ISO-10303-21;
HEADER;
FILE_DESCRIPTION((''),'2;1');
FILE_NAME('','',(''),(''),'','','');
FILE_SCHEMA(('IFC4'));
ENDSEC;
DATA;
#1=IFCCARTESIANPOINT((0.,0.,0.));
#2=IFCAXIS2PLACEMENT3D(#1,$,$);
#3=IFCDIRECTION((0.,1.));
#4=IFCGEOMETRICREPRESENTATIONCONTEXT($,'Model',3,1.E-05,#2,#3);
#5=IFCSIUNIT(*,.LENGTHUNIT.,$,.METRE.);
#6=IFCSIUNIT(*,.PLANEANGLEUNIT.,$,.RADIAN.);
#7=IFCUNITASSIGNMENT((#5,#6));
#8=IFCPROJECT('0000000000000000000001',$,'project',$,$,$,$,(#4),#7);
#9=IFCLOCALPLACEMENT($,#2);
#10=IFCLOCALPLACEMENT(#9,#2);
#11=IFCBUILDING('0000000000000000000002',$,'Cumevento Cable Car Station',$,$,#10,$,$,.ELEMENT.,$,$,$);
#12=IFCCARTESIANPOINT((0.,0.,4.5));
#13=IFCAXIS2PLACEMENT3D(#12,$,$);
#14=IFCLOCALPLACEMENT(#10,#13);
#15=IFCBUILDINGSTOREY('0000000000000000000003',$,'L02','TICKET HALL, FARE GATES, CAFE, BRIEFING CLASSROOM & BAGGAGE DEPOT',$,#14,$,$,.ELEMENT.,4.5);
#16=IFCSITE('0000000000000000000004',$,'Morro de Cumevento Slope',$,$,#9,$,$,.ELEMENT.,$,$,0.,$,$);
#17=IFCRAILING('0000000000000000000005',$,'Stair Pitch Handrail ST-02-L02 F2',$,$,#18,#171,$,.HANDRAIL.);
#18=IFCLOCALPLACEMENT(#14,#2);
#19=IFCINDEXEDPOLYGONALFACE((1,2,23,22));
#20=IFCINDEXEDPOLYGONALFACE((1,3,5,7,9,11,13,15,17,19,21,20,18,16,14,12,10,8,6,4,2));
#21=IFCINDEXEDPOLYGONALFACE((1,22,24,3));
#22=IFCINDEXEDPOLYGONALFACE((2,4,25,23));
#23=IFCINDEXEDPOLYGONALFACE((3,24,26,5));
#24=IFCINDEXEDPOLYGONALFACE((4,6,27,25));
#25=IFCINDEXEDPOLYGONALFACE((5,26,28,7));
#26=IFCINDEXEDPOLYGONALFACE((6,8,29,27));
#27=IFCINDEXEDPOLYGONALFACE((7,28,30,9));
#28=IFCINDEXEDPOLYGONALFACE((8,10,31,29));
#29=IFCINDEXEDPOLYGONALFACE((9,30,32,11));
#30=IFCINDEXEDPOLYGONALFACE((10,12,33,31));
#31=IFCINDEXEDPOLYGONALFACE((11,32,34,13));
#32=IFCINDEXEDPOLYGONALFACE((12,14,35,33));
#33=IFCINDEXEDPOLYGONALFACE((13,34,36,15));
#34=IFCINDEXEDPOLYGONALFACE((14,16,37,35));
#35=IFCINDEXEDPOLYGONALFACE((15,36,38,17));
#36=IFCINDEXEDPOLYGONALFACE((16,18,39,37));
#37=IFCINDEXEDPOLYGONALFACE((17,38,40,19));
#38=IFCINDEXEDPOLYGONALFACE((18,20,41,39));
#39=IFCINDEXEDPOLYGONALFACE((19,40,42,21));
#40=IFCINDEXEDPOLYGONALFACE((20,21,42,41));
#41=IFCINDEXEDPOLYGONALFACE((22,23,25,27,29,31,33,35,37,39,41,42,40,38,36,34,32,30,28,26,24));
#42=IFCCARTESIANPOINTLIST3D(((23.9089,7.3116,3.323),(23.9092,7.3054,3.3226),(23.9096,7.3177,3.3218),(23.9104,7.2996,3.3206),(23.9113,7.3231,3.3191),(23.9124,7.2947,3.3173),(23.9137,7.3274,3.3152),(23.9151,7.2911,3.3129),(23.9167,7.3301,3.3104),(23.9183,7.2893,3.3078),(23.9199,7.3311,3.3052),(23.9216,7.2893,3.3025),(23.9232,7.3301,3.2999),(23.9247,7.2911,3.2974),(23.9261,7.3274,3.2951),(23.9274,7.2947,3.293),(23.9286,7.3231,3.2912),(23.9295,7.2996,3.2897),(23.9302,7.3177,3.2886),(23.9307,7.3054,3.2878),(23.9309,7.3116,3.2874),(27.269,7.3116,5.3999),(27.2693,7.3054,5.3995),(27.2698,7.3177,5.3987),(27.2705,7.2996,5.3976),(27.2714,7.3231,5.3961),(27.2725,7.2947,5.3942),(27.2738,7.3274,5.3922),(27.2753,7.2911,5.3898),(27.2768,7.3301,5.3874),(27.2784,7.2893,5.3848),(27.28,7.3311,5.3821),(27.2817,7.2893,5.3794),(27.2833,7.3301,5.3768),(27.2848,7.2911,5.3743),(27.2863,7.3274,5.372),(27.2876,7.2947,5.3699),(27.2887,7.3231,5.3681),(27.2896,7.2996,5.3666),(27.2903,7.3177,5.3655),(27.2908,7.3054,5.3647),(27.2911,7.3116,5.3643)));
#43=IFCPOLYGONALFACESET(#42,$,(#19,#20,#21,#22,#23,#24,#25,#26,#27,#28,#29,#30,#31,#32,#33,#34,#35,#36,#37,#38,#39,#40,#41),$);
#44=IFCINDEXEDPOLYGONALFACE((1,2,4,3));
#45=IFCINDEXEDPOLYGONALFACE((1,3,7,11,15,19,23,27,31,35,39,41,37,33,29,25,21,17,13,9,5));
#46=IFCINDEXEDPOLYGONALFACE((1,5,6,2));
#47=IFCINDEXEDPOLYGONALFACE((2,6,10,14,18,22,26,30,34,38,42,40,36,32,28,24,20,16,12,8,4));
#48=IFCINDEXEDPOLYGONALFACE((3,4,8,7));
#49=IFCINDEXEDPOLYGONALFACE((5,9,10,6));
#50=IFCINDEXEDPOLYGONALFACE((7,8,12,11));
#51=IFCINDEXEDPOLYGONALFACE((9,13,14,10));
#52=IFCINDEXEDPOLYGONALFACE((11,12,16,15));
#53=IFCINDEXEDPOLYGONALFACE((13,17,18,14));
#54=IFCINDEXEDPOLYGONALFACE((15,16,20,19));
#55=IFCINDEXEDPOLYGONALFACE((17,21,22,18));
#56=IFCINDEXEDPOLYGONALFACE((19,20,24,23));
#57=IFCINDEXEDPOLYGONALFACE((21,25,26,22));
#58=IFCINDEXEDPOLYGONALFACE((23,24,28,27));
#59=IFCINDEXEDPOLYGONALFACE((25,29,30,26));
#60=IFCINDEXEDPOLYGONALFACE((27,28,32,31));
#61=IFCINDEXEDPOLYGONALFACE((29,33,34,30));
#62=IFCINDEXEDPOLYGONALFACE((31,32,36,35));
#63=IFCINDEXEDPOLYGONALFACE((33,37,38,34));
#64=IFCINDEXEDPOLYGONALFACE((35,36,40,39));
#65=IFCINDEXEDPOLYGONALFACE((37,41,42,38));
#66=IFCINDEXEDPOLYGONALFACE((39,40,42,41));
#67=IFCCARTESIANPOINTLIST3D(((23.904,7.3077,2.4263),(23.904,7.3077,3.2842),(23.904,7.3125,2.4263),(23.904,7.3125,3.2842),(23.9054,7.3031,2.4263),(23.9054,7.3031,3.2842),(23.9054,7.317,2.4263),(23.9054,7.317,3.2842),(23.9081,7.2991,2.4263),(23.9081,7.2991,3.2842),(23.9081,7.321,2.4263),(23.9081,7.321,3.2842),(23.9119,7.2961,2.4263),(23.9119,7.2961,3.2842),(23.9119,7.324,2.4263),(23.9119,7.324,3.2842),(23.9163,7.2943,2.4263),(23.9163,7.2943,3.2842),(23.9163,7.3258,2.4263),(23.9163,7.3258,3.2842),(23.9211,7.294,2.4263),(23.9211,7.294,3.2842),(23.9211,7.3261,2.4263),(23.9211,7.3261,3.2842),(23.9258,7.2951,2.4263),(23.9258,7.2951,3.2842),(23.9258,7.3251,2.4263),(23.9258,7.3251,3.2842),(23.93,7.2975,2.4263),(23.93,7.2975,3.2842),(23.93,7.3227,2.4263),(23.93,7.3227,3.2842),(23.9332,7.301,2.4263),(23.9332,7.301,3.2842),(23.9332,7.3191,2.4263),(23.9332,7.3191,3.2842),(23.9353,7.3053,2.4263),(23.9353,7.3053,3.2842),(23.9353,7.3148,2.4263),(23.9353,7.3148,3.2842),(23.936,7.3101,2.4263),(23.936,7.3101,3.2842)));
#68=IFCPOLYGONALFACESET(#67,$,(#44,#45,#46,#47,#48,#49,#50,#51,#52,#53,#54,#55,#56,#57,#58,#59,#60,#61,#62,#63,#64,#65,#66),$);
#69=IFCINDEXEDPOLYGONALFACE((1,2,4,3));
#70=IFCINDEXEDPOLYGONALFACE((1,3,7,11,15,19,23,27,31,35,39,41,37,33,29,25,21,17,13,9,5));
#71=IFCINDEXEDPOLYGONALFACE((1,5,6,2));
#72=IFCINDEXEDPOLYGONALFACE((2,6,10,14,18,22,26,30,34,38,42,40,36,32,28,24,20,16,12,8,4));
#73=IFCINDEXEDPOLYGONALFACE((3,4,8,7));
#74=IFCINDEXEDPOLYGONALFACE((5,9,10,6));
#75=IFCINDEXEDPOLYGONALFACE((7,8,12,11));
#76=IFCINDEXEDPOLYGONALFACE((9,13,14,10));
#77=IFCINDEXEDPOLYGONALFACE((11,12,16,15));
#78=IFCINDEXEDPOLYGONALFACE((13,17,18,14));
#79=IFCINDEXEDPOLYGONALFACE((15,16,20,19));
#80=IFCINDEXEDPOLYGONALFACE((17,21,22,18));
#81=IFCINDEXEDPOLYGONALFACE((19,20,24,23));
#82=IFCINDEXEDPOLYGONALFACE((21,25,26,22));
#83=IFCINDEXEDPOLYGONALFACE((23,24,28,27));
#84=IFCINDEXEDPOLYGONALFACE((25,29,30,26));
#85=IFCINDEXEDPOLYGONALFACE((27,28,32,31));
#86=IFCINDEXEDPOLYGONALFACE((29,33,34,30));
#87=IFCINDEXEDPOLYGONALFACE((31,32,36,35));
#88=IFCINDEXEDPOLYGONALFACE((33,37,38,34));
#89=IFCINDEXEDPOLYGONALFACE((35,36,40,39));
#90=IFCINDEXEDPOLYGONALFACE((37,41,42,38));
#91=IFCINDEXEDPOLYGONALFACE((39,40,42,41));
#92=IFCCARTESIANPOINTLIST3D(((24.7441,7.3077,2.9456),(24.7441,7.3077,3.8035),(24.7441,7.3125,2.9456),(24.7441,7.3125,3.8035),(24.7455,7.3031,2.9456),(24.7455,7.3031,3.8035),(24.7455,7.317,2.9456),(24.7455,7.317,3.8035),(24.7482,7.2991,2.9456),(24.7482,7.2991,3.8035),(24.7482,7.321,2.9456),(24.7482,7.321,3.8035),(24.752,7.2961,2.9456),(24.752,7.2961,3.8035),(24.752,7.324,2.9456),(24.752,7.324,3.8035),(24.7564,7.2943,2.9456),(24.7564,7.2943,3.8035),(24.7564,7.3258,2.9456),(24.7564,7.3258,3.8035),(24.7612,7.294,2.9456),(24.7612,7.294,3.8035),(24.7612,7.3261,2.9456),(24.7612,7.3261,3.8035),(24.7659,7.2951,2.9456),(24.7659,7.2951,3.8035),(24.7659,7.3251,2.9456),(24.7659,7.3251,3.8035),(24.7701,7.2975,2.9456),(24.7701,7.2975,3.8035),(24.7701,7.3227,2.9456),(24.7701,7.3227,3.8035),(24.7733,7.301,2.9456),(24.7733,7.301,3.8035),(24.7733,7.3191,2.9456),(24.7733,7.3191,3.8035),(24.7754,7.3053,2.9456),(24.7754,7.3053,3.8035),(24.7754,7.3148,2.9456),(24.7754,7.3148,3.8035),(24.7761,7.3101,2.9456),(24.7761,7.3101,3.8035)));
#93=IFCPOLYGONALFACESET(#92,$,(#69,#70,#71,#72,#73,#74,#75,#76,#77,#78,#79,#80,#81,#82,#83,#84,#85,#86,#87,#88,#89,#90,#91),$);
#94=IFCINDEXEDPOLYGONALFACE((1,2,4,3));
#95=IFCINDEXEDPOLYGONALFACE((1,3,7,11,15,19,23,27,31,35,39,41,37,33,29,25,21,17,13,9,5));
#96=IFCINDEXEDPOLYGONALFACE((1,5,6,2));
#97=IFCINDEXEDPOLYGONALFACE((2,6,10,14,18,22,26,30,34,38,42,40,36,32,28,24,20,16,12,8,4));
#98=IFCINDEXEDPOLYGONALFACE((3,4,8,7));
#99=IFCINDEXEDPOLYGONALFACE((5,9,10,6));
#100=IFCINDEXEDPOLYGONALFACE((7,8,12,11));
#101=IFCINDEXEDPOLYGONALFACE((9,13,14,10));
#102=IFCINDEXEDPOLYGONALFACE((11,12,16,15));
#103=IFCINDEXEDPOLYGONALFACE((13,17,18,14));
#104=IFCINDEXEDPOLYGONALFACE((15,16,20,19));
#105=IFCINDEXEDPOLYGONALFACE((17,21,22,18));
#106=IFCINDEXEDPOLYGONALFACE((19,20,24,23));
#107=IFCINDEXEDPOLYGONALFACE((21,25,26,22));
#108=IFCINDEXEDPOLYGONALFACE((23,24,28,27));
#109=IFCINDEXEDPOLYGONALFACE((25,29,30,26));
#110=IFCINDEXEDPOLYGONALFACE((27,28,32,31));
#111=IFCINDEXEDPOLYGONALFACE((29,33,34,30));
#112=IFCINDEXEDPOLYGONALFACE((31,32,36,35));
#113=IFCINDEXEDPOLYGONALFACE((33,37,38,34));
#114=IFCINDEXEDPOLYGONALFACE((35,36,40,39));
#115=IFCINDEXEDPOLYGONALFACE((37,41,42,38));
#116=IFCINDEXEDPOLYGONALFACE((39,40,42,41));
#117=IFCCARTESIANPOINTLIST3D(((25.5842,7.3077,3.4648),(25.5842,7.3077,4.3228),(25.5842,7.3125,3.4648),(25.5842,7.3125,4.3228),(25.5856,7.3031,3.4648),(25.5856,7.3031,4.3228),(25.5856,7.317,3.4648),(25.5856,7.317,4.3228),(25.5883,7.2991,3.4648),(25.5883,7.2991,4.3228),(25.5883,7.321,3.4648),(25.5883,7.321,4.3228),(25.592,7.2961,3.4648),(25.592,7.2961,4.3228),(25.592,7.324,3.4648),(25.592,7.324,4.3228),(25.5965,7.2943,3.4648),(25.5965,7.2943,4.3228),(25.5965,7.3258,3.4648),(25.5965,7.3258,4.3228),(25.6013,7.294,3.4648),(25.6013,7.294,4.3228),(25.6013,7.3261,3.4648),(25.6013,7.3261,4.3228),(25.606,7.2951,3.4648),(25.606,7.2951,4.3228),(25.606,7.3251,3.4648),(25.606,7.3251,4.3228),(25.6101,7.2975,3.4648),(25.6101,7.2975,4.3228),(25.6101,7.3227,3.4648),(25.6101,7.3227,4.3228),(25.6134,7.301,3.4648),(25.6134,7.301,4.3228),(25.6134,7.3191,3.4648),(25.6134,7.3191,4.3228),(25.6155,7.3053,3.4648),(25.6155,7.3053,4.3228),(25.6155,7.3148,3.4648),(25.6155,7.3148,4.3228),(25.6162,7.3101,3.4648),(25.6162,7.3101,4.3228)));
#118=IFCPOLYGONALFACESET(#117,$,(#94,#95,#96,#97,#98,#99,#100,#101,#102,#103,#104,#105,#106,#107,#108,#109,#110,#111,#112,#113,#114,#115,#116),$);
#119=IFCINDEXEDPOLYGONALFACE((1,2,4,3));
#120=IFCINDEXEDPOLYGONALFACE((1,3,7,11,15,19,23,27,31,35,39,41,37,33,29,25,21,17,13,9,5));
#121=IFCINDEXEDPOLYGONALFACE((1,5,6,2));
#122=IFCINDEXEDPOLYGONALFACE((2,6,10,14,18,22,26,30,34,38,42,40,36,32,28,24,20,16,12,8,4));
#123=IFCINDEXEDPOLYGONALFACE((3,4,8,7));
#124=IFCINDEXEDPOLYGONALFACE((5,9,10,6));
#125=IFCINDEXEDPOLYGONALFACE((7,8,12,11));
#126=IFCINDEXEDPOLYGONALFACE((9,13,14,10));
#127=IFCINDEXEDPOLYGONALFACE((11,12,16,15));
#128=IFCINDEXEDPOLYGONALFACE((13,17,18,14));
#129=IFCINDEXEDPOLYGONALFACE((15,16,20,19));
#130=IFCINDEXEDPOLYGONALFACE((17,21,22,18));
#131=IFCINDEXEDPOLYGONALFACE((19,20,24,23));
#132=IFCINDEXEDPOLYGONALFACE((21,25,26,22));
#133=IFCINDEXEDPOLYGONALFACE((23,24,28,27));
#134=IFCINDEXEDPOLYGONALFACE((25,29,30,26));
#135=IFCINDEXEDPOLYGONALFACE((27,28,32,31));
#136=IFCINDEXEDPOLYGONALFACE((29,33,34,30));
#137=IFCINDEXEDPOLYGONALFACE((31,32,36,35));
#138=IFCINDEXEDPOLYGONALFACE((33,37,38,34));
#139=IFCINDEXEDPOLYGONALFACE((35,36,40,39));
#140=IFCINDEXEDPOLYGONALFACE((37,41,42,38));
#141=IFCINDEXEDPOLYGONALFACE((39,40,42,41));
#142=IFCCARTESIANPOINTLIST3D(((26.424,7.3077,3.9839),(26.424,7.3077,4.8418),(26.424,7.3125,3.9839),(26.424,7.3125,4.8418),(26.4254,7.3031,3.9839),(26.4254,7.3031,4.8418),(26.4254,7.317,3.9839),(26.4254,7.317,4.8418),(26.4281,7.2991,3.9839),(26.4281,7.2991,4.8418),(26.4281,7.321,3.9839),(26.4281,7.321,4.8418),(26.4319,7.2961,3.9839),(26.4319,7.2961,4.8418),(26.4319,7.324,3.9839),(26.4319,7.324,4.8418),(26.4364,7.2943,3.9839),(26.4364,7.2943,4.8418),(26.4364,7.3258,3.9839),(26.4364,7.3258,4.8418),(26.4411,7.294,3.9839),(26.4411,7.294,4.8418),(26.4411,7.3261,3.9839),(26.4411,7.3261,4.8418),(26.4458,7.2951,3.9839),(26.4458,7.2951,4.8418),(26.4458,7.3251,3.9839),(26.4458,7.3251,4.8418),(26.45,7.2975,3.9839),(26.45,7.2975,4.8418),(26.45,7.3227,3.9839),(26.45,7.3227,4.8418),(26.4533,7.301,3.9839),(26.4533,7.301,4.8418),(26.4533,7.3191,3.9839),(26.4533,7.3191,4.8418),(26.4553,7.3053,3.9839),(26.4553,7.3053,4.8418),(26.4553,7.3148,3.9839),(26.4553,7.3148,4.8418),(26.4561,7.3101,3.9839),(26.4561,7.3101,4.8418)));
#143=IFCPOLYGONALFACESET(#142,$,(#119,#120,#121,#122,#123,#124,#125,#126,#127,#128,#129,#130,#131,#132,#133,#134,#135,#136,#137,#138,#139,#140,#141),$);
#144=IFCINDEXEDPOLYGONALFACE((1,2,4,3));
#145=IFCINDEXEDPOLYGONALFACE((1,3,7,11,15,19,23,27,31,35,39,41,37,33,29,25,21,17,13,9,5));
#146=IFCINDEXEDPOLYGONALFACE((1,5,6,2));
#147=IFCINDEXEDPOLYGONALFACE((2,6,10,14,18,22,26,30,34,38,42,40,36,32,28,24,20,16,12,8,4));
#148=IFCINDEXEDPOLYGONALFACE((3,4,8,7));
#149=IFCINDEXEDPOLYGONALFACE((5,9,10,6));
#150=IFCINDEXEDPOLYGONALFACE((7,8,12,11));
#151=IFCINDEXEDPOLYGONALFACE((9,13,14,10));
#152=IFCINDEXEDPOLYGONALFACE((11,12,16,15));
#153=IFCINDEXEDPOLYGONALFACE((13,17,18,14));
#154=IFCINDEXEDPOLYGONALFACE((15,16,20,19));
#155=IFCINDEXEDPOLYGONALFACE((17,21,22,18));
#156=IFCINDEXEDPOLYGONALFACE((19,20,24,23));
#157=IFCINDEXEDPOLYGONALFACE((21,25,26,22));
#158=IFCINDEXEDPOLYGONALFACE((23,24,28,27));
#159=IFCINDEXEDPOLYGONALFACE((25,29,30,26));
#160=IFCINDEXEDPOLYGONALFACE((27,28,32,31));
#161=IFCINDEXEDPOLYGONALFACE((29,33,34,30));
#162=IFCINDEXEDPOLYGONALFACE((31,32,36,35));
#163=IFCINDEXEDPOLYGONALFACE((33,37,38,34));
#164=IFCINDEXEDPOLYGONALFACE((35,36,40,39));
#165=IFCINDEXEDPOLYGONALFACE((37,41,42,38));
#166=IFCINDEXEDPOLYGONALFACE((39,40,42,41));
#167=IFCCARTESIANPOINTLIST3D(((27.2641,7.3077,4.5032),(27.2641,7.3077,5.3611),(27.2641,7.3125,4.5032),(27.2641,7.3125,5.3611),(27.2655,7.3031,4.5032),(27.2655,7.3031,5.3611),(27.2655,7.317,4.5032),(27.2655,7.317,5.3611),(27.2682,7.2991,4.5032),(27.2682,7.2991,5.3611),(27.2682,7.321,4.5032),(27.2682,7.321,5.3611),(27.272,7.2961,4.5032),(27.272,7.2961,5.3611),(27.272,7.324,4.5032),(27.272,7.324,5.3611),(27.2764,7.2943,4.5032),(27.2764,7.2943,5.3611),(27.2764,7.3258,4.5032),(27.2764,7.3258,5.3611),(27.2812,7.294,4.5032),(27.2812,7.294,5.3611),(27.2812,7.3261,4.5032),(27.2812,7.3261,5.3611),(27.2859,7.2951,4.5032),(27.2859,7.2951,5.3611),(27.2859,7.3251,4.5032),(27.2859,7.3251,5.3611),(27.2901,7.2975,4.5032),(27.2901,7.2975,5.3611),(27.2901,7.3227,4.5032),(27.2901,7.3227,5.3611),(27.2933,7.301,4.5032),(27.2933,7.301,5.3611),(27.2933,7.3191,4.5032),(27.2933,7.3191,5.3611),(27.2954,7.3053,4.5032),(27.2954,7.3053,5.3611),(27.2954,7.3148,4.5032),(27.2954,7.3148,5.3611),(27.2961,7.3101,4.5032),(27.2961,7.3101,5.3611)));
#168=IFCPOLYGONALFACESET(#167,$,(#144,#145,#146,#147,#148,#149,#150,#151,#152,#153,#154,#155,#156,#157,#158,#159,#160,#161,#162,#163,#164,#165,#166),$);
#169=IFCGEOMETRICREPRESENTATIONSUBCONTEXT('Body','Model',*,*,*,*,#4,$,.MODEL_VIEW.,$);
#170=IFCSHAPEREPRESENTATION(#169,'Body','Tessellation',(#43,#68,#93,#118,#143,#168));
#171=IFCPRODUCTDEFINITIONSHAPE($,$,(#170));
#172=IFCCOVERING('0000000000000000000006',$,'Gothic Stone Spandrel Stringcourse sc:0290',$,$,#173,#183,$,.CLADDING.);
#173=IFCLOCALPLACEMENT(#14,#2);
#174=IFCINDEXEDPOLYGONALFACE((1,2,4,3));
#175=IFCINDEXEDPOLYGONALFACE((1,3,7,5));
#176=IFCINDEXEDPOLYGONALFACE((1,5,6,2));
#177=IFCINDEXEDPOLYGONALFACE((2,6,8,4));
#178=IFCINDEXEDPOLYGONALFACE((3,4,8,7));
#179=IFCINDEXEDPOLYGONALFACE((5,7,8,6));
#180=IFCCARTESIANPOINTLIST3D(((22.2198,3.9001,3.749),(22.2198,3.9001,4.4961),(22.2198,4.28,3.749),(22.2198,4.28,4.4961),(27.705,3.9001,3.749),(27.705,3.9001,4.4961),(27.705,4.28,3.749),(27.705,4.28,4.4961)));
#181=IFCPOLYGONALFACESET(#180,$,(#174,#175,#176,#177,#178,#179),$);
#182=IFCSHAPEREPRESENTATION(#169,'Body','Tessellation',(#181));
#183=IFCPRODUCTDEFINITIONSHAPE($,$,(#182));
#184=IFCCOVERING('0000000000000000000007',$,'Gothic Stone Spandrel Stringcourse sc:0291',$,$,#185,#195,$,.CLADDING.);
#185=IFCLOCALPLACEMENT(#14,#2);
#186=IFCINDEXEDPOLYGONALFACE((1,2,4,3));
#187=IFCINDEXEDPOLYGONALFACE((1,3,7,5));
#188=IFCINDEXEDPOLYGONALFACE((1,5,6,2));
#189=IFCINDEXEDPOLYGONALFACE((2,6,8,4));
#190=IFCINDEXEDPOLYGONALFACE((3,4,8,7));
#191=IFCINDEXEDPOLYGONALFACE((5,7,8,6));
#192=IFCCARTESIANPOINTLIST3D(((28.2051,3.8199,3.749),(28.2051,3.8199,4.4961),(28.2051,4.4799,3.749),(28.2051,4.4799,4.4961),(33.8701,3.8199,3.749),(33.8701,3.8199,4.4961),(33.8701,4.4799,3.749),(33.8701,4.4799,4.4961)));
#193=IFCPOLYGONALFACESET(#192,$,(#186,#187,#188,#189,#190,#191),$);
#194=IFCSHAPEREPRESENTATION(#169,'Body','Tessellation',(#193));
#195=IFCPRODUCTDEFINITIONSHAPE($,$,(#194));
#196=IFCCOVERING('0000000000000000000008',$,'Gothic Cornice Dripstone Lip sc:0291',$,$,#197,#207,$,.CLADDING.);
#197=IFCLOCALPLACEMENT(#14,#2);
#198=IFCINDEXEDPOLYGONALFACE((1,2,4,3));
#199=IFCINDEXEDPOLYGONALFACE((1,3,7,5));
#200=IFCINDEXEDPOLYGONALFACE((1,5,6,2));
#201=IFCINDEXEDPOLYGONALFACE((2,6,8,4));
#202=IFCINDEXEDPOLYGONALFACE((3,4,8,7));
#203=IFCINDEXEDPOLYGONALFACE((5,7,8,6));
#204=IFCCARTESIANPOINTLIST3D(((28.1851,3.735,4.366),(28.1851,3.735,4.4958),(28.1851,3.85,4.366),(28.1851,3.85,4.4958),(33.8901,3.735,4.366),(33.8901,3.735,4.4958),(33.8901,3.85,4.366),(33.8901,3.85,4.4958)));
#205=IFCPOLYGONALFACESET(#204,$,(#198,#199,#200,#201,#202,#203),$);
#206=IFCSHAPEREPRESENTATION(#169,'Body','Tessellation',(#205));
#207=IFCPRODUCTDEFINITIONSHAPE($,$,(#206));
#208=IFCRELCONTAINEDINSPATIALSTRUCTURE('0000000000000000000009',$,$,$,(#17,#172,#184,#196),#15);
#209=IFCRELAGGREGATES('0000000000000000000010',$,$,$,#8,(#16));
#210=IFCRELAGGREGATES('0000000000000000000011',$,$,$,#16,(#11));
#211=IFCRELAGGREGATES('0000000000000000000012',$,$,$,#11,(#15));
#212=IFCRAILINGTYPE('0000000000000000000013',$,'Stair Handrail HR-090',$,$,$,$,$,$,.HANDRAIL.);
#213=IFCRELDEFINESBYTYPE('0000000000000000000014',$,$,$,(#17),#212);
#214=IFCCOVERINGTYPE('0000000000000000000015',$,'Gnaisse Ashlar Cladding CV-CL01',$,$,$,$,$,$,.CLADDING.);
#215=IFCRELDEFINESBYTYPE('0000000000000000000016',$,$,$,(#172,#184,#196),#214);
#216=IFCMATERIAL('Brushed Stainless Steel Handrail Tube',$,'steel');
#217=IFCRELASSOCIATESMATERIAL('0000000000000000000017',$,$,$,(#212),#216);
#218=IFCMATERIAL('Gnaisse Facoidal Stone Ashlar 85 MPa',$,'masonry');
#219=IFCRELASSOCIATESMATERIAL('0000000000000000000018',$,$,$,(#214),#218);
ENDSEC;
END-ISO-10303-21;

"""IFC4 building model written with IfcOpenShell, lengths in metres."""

from ifc_helpers import new_model, si_unit, direction, frame, origin, origin_2d, place, context, subcontext, project, spatial, rectangle, circle, extrude, material, type_object, element, save


model = new_model("IFC4")

# Units and contexts
model_context = context("Model", 3, precision=1e-05, world=origin(), true_north=direction((0.0, 1.0)))
body_context = subcontext(model_context, "Body", "Model", "MODEL_VIEW")
ifc_project = project(units=[si_unit("LENGTHUNIT", "METRE"), si_unit("PLANEANGLEUNIT", "RADIAN")], contexts=[model_context])

# Site, building, storey
site_placement = place(None, origin())
site = spatial("IfcSite", under=ifc_project, at=site_placement, Name="Morro de Cumevento Slope", CompositionType="ELEMENT", RefElevation=0.0)
building_placement = place(site_placement, origin())
building = spatial("IfcBuilding", under=site, at=building_placement, Name="Cumevento Cable Car Station", CompositionType="ELEMENT")
storey_placement = place(building_placement, frame((0.0, 0.0, 4.5)))
storey = spatial("IfcBuildingStorey", under=building, at=storey_placement, Name="L02", Description="TICKET HALL, FARE GATES, CAFE, BRIEFING CLASSROOM & BAGGAGE DEPOT", CompositionType="ELEMENT", Elevation=4.5)

# Railing
ifc_material_1 = material(Name="Brushed Stainless Steel Handrail Tube", Category="steel")
railing_type_1 = type_object("IfcRailingType", Name="Stair Handrail HR-090", PredefinedType="HANDRAIL", material=ifc_material_1)
railing_1_placement = place(storey_placement, frame((23.9199, 7.3101, 2.4263)))
element("IfcRailing", 1, at=railing_1_placement, inside=storey, type_object=railing_type_1, Name="Stair Pitch Handrail ST-02-L02 F2", PredefinedType="HANDRAIL", context=body_context, shape_type="SweptSolid", body=[
    extrude(circle(Radius=0.021, at=origin_2d()), frame((0.0, 0.0, 0.8789), z_axis=(0.850623, 0.0, 0.525776), x_axis=(0.0, 1.0, 0.0)), (0.0, 0.0, 1.0), 3.9502),
    extrude(circle(Radius=0.0161, at=origin_2d()), origin(), (0.0, 0.0, 1.0), 0.8579),
    extrude(circle(Radius=0.0161, at=origin_2d()), frame((0.8401, 0.0, 0.5193)), (0.0, 0.0, 1.0), 0.8579),
    extrude(circle(Radius=0.0161, at=origin_2d()), frame((1.6802, 0.0, 1.0386)), (0.0, 0.0, 1.0), 0.8579),
    extrude(circle(Radius=0.0161, at=origin_2d()), frame((2.52, 0.0, 1.5576)), (0.0, 0.0, 1.0), 0.8579),
    extrude(circle(Radius=0.0161, at=origin_2d()), frame((3.3601, 0.0, 2.0769)), (0.0, 0.0, 1.0), 0.8579),
])

# Coverings
ifc_material_2 = material(Name="Gnaisse Facoidal Stone Ashlar 85 MPa", Category="masonry")
covering_type = type_object("IfcCoveringType", Name="Gnaisse Ashlar Cladding CV-CL01", PredefinedType="CLADDING", material=ifc_material_2)
covering_1_placement = place(storey_placement, frame((24.9624, 4.0901, 3.749), z_axis=(0.0, 0.0, 1.0), x_axis=(-1.0, 0.0, 0.0)))
element("IfcCovering", 2, at=covering_1_placement, inside=storey, type_object=covering_type, Name="Gothic Stone Spandrel Stringcourse sc:0290", PredefinedType="CLADDING", context=body_context, shape_type="SweptSolid", body=[
    extrude(rectangle(XDim=5.4851, YDim=0.3799, at=origin_2d()), origin(), (0.0, 0.0, 1.0), 0.7471),
])
covering_2_placement = place(storey_placement, frame((31.0376, 4.1499, 3.749), z_axis=(0.0, 0.0, 1.0), x_axis=(-1.0, 0.0, 0.0)))
element("IfcCovering", 3, at=covering_2_placement, inside=storey, type_object=covering_type, Name="Gothic Stone Spandrel Stringcourse sc:0291", PredefinedType="CLADDING", context=body_context, shape_type="SweptSolid", body=[
    extrude(rectangle(XDim=5.665, YDim=0.6599, at=origin_2d()), origin(), (0.0, 0.0, 1.0), 0.7471),
])
covering_3_placement = place(storey_placement, frame((31.0376, 3.7925, 4.366), z_axis=(0.0, 0.0, 1.0), x_axis=(-1.0, 0.0, 0.0)))
element("IfcCovering", 4, at=covering_3_placement, inside=storey, type_object=covering_type, Name="Gothic Cornice Dripstone Lip sc:0291", PredefinedType="CLADDING", context=body_context, shape_type="SweptSolid", body=[
    extrude(rectangle(XDim=5.7051, YDim=0.115, at=origin_2d()), origin(), (0.0, 0.0, 1.0), 0.1299),
])

save(model, "model.ifc")
